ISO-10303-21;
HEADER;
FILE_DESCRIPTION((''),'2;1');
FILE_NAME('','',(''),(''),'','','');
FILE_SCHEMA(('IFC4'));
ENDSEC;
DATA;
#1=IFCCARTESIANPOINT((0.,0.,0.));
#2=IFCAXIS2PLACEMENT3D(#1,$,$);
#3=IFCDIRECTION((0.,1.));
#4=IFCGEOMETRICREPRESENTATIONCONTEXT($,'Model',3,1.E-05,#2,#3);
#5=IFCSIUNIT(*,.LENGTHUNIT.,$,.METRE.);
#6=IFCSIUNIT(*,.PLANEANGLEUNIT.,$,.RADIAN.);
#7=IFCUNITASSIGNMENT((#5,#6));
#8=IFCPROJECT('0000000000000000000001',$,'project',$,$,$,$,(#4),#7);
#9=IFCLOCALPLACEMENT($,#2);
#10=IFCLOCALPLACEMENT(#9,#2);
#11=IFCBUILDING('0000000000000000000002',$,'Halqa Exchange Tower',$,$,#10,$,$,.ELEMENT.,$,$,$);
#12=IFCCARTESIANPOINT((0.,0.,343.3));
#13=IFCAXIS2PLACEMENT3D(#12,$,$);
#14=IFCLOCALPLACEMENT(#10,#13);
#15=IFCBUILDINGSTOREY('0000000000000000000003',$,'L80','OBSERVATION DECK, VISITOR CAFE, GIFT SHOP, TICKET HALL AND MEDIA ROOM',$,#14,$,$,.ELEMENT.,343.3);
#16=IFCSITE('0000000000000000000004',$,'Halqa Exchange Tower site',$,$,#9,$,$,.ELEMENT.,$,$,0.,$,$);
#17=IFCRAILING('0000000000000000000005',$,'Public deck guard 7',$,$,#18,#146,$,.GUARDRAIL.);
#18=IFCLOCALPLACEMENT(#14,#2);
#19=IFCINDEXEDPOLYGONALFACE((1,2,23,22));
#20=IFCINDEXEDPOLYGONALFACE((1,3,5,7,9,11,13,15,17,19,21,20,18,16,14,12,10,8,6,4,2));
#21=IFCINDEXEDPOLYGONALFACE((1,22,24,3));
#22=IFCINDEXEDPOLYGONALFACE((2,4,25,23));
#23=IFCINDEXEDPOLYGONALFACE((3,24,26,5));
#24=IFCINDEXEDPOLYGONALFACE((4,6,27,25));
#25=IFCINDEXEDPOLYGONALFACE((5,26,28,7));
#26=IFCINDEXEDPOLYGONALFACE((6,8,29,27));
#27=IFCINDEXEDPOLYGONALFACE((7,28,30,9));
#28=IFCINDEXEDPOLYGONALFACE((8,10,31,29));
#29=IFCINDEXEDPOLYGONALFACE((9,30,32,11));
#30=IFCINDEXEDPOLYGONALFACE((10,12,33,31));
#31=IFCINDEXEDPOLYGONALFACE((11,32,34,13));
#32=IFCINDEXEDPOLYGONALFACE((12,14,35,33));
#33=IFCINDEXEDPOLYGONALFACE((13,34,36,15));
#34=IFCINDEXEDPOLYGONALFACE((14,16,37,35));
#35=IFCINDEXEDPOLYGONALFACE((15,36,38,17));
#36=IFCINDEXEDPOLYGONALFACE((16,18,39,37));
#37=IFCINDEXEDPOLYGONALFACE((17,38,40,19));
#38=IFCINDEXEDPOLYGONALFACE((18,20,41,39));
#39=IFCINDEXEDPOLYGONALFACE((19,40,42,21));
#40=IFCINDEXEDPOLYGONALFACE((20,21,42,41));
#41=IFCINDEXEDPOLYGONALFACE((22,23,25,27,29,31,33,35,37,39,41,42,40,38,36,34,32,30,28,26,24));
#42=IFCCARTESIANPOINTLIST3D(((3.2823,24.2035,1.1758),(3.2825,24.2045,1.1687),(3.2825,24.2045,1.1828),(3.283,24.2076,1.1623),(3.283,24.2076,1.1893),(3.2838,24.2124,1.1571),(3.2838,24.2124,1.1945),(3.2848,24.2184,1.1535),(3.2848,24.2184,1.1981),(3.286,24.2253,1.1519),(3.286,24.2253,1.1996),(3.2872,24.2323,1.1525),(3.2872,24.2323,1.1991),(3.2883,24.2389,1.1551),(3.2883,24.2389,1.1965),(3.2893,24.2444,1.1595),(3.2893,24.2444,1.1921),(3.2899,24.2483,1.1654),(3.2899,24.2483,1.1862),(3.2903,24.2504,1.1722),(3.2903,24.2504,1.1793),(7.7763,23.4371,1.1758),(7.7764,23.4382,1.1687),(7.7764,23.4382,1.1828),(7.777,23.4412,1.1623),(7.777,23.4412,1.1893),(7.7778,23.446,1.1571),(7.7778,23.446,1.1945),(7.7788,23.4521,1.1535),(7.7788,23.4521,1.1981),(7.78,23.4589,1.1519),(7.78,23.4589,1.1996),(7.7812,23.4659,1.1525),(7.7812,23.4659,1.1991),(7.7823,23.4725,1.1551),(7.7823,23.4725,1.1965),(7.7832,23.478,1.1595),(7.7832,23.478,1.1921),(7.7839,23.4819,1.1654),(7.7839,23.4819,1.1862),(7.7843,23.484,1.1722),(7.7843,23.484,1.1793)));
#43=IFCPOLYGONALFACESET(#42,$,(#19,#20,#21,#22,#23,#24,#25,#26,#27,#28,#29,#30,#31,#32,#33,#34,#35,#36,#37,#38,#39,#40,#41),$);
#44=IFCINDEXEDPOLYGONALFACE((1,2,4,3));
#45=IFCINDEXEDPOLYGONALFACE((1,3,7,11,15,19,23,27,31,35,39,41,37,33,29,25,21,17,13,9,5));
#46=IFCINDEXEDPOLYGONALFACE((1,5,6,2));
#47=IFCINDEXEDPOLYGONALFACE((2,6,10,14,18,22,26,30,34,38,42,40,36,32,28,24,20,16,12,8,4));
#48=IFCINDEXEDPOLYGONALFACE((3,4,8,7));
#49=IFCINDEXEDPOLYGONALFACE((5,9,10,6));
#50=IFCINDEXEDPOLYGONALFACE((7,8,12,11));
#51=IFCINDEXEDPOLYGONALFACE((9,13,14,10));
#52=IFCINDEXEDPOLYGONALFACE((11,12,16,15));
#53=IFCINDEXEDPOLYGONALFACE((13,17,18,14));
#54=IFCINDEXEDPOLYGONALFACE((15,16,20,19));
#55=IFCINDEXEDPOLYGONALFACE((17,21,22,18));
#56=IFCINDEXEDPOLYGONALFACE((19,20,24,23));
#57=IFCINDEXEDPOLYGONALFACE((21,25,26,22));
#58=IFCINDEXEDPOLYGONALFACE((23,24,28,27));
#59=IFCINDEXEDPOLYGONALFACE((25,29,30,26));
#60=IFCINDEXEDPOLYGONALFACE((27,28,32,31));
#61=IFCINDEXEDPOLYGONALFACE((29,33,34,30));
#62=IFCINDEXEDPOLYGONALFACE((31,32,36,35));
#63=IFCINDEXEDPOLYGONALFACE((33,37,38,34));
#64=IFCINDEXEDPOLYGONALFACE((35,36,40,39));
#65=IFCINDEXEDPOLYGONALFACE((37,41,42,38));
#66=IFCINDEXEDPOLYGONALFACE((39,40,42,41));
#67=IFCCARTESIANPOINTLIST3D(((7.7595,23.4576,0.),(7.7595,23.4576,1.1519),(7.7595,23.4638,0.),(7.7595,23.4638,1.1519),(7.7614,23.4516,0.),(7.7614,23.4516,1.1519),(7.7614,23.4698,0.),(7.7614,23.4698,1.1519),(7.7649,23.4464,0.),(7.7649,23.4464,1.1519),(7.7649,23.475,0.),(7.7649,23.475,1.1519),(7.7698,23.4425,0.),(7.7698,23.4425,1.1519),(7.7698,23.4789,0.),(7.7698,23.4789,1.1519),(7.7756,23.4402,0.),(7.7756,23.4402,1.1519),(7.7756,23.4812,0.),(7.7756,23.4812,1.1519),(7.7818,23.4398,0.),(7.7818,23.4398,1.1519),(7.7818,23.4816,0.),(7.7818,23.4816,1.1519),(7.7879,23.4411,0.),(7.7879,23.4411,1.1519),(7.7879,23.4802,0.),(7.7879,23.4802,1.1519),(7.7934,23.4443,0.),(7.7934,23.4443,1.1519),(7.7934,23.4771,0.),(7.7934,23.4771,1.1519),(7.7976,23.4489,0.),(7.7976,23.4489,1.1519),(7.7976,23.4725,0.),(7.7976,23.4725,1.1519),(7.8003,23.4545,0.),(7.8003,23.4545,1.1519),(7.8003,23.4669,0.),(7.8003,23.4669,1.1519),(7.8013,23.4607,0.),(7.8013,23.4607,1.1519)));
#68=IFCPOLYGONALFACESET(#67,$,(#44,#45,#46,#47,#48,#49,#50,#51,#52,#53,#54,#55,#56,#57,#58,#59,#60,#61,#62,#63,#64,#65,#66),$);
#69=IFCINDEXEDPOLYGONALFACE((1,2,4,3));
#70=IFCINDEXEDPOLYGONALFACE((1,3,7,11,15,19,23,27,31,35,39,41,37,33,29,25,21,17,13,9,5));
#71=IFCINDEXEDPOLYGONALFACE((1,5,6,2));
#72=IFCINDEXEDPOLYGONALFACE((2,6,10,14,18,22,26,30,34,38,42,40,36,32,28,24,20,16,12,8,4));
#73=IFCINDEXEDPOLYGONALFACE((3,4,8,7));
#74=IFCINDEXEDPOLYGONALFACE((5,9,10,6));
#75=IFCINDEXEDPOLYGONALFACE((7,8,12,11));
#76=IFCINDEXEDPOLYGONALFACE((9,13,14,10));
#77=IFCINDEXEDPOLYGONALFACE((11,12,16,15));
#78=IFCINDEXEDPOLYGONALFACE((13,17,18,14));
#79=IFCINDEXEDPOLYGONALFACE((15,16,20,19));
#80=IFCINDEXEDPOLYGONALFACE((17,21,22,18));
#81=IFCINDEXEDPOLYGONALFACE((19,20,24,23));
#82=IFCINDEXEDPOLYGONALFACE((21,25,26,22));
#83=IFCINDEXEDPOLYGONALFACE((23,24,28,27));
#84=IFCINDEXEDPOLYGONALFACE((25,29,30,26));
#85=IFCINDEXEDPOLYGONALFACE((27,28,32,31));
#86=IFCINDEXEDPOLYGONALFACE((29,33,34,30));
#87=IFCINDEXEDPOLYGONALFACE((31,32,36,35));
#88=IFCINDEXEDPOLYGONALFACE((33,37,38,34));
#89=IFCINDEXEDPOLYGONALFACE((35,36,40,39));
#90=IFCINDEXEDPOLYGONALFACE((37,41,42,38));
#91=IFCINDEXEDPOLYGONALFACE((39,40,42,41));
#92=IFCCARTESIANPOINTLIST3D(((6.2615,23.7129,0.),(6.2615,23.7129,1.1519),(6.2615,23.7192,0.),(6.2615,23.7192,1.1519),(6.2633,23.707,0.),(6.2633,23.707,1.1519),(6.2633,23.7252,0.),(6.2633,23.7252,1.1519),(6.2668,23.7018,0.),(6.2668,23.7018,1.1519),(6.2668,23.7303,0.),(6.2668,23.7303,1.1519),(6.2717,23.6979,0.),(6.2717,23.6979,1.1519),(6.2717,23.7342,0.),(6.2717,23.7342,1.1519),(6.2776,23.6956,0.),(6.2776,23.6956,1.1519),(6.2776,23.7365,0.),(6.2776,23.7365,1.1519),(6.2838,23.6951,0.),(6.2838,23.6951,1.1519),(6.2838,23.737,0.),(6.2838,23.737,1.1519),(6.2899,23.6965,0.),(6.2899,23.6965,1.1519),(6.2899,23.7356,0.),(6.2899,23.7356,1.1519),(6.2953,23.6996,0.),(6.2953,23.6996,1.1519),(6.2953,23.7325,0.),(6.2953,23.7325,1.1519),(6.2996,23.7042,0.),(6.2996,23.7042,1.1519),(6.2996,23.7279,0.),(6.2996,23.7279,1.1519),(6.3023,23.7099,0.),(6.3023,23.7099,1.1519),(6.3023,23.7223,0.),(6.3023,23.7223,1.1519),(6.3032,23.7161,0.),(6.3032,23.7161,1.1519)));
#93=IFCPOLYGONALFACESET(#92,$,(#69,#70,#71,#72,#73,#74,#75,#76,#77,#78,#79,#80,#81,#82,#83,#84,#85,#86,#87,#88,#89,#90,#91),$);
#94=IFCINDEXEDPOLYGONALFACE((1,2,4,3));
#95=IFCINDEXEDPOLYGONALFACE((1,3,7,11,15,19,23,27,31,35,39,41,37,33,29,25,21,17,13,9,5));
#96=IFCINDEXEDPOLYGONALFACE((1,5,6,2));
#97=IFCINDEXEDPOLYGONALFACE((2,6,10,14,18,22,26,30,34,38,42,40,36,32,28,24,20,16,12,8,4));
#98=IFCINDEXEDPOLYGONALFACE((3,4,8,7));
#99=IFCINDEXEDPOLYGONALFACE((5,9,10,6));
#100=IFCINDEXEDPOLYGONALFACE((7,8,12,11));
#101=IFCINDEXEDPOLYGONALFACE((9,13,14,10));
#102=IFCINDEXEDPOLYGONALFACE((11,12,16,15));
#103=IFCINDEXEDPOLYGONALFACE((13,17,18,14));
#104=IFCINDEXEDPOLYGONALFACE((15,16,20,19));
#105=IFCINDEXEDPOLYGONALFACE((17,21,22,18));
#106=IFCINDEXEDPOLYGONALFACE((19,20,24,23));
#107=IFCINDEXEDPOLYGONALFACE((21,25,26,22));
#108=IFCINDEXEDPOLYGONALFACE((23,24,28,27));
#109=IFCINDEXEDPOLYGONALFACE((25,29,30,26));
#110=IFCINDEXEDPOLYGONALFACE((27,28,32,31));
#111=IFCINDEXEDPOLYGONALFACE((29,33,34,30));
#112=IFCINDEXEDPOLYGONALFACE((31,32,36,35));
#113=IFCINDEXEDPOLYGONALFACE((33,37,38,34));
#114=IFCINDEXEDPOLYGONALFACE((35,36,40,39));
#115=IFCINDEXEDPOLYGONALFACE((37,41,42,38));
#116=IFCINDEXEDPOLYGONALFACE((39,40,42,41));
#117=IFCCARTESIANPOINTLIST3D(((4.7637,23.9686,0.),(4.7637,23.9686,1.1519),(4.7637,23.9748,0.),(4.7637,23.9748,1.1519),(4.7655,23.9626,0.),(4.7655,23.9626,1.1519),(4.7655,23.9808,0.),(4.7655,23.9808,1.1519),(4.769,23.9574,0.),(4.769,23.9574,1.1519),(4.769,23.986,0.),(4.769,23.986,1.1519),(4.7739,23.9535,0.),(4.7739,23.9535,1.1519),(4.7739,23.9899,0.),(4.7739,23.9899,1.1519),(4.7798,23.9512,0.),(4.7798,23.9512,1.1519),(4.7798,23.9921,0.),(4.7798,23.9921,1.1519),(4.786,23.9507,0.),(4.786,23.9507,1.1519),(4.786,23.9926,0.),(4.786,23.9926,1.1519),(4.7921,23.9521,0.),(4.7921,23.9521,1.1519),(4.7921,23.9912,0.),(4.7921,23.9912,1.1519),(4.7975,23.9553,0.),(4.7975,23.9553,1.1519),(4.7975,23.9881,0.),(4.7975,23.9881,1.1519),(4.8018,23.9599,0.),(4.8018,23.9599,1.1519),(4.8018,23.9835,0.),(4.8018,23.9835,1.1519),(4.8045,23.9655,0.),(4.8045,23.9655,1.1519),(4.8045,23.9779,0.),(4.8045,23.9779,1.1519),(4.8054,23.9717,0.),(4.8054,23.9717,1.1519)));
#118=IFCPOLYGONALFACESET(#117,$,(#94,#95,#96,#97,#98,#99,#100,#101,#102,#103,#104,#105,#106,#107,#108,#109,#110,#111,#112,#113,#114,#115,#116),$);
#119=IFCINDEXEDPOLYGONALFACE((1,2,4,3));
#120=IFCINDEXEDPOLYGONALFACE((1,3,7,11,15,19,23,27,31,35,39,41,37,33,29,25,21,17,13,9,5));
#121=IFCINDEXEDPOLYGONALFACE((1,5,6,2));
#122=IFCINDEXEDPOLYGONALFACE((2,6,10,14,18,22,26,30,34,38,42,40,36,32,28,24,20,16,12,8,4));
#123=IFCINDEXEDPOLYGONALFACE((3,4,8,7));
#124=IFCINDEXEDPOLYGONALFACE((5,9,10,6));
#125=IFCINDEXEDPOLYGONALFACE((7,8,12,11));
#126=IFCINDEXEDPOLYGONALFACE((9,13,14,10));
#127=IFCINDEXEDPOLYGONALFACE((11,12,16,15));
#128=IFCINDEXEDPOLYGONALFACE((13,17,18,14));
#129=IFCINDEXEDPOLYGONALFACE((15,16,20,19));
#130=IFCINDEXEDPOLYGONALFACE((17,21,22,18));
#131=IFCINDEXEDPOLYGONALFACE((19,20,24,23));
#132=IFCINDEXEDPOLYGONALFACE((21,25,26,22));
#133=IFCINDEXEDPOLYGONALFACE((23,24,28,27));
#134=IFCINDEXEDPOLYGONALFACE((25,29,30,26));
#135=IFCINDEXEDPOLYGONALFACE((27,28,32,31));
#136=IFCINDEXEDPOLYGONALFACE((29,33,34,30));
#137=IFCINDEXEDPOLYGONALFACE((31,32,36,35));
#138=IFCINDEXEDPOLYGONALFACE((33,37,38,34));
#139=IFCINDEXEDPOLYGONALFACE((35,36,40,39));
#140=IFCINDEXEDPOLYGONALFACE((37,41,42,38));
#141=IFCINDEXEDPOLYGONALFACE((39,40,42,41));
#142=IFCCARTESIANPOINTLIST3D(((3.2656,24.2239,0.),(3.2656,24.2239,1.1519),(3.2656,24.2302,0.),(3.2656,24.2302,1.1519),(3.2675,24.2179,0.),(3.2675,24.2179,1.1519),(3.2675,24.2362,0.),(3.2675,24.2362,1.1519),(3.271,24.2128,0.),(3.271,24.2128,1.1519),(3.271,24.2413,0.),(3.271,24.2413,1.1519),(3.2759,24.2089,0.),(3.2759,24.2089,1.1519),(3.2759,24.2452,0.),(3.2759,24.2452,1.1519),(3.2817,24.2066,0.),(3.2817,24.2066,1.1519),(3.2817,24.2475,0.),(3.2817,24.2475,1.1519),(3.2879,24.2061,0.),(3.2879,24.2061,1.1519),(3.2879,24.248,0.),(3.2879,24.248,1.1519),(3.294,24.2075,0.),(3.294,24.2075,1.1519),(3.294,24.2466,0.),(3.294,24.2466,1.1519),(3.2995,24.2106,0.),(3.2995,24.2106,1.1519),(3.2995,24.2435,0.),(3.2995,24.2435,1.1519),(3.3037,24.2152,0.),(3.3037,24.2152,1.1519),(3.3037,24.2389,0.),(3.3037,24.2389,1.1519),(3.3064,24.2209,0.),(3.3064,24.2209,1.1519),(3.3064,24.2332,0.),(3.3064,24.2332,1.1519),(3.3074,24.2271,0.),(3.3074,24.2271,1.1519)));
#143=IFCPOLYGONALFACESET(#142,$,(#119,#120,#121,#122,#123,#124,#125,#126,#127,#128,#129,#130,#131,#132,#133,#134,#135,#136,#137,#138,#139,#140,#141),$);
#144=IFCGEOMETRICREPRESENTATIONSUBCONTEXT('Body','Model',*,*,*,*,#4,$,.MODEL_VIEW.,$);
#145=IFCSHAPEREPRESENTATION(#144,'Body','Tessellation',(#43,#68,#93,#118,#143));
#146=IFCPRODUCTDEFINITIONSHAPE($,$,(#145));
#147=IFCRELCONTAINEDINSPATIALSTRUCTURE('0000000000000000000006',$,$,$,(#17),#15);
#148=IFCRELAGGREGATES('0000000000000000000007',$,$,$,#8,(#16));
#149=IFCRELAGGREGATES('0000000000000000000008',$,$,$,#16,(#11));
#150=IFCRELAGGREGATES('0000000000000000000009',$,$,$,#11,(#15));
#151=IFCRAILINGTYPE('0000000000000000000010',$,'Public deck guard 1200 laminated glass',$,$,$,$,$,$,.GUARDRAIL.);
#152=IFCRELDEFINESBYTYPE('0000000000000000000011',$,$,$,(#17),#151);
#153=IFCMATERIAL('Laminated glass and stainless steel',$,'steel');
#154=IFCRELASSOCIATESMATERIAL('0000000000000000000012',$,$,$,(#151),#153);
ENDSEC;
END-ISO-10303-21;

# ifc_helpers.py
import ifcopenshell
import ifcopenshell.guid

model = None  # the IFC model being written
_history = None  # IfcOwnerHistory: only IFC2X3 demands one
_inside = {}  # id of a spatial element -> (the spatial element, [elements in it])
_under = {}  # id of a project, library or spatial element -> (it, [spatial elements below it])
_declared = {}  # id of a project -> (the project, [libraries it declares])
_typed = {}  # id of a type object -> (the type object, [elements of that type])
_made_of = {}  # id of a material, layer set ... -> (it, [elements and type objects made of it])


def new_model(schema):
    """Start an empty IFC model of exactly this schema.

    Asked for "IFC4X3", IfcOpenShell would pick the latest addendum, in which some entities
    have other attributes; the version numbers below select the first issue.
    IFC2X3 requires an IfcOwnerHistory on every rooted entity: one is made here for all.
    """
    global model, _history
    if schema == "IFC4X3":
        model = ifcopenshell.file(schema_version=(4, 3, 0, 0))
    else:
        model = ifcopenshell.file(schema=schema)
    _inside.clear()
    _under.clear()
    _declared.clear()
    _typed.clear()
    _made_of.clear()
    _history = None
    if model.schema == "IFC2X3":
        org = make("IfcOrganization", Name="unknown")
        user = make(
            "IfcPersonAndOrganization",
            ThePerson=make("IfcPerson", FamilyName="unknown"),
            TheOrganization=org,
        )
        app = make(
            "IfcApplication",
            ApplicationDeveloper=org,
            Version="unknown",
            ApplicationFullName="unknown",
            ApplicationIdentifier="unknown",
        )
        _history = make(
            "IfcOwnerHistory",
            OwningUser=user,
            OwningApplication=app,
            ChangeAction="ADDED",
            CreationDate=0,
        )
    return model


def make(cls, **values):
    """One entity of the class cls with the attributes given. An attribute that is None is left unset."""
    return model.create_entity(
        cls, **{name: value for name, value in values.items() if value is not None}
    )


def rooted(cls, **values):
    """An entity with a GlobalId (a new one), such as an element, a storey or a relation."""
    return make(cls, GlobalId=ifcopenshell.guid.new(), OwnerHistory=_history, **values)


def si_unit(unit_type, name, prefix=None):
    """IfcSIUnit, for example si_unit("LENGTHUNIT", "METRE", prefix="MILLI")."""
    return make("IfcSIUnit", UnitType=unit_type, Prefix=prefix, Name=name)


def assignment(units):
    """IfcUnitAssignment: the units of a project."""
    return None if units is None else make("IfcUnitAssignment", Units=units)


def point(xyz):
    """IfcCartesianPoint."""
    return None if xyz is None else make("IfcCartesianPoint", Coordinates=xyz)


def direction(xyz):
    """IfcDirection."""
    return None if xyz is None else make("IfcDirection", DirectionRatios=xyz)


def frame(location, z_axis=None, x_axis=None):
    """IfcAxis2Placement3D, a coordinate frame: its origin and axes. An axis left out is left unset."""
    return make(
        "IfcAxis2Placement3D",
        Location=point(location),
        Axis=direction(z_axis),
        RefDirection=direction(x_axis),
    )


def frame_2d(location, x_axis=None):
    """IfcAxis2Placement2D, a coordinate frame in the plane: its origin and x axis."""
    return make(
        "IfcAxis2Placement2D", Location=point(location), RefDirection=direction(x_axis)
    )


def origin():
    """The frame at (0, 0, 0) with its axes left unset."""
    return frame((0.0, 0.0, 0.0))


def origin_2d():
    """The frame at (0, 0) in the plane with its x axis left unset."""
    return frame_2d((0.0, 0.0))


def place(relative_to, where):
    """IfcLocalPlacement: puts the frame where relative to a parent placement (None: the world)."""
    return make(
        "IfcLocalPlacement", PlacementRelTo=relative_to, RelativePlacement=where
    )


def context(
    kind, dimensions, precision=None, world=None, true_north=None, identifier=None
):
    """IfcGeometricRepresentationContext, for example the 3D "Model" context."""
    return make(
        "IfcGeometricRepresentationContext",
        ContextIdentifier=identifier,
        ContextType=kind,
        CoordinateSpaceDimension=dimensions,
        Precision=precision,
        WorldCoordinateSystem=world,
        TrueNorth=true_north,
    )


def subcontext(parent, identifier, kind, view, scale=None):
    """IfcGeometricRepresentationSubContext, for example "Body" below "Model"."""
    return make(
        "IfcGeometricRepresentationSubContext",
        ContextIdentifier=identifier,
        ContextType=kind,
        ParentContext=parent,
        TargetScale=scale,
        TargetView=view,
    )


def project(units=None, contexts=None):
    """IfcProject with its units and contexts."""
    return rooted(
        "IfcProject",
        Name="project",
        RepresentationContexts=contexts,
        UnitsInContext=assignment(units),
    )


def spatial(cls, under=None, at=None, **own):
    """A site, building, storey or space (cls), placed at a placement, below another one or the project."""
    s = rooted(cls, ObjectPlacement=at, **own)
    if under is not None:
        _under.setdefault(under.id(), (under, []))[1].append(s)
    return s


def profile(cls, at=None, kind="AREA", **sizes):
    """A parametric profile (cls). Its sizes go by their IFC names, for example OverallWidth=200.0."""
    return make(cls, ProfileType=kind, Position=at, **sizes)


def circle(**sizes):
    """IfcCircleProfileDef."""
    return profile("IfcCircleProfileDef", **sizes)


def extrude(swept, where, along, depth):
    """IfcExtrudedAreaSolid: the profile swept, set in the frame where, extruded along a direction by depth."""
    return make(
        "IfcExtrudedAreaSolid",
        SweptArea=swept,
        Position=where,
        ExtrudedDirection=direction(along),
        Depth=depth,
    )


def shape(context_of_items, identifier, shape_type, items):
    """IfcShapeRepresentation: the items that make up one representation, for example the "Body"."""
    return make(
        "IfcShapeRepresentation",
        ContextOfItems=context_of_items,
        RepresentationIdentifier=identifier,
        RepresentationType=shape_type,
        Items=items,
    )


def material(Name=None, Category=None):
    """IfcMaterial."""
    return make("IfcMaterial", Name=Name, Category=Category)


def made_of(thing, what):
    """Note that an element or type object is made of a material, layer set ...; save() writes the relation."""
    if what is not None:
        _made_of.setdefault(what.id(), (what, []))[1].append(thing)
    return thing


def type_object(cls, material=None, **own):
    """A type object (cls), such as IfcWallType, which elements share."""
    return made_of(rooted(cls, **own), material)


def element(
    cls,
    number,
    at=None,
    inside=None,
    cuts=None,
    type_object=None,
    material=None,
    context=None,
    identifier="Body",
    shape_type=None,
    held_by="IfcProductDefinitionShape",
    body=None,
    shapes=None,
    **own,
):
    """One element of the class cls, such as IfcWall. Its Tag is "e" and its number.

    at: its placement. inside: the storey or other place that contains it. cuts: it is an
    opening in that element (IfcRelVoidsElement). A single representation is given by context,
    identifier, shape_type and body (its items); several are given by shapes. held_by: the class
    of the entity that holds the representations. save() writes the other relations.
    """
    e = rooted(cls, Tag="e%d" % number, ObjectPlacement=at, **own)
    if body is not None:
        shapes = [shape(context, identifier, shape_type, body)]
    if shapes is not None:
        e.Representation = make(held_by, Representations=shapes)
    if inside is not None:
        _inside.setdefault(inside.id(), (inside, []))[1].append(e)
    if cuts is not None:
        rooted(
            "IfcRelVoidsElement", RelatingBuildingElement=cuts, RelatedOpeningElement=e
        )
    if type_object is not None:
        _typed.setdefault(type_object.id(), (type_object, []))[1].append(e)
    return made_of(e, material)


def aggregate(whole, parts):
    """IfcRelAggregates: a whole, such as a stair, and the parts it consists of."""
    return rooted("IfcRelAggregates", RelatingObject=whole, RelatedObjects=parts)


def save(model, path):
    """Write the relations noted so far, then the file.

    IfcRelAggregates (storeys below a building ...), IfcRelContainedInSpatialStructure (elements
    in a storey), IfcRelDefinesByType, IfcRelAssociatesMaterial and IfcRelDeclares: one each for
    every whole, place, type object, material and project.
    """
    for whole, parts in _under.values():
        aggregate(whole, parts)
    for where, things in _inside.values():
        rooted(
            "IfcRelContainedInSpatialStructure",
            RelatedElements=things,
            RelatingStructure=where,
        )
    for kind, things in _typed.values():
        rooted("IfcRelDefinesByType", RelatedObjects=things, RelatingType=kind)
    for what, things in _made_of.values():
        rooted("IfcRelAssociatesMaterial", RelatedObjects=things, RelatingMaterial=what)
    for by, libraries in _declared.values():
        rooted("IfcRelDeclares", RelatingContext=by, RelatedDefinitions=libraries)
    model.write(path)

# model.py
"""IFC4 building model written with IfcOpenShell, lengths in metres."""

from ifc_helpers import new_model, si_unit, direction, frame, origin, origin_2d, place, context, subcontext, project, spatial, circle, extrude, material, type_object, element, save


model = new_model("IFC4")

# Units and contexts
model_context = context("Model", 3, precision=1e-05, world=origin(), true_north=direction((0.0, 1.0)))
body_context = subcontext(model_context, "Body", "Model", "MODEL_VIEW")
ifc_project = project(units=[si_unit("LENGTHUNIT", "METRE"), si_unit("PLANEANGLEUNIT", "RADIAN")], contexts=[model_context])

# Site, building, storey
site_placement = place(None, origin())
site = spatial("IfcSite", under=ifc_project, at=site_placement, Name="Halqa Exchange Tower site", CompositionType="ELEMENT", RefElevation=0.0)
building_placement = place(site_placement, origin())
building = spatial("IfcBuilding", under=site, at=building_placement, Name="Halqa Exchange Tower", CompositionType="ELEMENT")
storey_placement = place(building_placement, frame((0.0, 0.0, 343.3)))
storey = spatial("IfcBuildingStorey", under=building, at=storey_placement, Name="L80", Description="OBSERVATION DECK, VISITOR CAFE, GIFT SHOP, TICKET HALL AND MEDIA ROOM", CompositionType="ELEMENT", Elevation=343.3)

# Railing
ifc_material_1 = material(Name="Laminated glass and stainless steel", Category="steel")
railing_type = type_object("IfcRailingType", Name="Public deck guard 1200 laminated glass", PredefinedType="GUARDRAIL", material=ifc_material_1)
railing_1_placement = place(storey_placement, frame((7.7803, 23.4607, 0.0)))
element("IfcRailing", 1, at=railing_1_placement, inside=storey, type_object=railing_type, Name="Public deck guard 7", PredefinedType="GUARDRAIL", context=body_context, shape_type="SweptSolid", body=[
    extrude(circle(Radius=0.0239, at=origin_2d()), frame((0.0, 0.0, 1.1758), z_axis=(-0.985769, 0.168106, 0.0), x_axis=(-0.168106, -0.985769, 0.0)), (0.0, 0.0, 1.0), 4.5588),
    extrude(circle(Radius=0.021, at=origin_2d()), origin(), (0.0, 0.0, 1.0), 1.1519),
    extrude(circle(Radius=0.021, at=origin_2d()), frame((-1.498, 0.2554, 0.0)), (0.0, 0.0, 1.0), 1.1519),
    extrude(circle(Radius=0.021, at=origin_2d()), frame((-2.9958, 0.511, 0.0)), (0.0, 0.0, 1.0), 1.1519),
    extrude(circle(Radius=0.021, at=origin_2d()), frame((-4.4939, 0.7664, 0.0)), (0.0, 0.0, 1.0), 1.1519),
])

save(model, "model.ifc")
